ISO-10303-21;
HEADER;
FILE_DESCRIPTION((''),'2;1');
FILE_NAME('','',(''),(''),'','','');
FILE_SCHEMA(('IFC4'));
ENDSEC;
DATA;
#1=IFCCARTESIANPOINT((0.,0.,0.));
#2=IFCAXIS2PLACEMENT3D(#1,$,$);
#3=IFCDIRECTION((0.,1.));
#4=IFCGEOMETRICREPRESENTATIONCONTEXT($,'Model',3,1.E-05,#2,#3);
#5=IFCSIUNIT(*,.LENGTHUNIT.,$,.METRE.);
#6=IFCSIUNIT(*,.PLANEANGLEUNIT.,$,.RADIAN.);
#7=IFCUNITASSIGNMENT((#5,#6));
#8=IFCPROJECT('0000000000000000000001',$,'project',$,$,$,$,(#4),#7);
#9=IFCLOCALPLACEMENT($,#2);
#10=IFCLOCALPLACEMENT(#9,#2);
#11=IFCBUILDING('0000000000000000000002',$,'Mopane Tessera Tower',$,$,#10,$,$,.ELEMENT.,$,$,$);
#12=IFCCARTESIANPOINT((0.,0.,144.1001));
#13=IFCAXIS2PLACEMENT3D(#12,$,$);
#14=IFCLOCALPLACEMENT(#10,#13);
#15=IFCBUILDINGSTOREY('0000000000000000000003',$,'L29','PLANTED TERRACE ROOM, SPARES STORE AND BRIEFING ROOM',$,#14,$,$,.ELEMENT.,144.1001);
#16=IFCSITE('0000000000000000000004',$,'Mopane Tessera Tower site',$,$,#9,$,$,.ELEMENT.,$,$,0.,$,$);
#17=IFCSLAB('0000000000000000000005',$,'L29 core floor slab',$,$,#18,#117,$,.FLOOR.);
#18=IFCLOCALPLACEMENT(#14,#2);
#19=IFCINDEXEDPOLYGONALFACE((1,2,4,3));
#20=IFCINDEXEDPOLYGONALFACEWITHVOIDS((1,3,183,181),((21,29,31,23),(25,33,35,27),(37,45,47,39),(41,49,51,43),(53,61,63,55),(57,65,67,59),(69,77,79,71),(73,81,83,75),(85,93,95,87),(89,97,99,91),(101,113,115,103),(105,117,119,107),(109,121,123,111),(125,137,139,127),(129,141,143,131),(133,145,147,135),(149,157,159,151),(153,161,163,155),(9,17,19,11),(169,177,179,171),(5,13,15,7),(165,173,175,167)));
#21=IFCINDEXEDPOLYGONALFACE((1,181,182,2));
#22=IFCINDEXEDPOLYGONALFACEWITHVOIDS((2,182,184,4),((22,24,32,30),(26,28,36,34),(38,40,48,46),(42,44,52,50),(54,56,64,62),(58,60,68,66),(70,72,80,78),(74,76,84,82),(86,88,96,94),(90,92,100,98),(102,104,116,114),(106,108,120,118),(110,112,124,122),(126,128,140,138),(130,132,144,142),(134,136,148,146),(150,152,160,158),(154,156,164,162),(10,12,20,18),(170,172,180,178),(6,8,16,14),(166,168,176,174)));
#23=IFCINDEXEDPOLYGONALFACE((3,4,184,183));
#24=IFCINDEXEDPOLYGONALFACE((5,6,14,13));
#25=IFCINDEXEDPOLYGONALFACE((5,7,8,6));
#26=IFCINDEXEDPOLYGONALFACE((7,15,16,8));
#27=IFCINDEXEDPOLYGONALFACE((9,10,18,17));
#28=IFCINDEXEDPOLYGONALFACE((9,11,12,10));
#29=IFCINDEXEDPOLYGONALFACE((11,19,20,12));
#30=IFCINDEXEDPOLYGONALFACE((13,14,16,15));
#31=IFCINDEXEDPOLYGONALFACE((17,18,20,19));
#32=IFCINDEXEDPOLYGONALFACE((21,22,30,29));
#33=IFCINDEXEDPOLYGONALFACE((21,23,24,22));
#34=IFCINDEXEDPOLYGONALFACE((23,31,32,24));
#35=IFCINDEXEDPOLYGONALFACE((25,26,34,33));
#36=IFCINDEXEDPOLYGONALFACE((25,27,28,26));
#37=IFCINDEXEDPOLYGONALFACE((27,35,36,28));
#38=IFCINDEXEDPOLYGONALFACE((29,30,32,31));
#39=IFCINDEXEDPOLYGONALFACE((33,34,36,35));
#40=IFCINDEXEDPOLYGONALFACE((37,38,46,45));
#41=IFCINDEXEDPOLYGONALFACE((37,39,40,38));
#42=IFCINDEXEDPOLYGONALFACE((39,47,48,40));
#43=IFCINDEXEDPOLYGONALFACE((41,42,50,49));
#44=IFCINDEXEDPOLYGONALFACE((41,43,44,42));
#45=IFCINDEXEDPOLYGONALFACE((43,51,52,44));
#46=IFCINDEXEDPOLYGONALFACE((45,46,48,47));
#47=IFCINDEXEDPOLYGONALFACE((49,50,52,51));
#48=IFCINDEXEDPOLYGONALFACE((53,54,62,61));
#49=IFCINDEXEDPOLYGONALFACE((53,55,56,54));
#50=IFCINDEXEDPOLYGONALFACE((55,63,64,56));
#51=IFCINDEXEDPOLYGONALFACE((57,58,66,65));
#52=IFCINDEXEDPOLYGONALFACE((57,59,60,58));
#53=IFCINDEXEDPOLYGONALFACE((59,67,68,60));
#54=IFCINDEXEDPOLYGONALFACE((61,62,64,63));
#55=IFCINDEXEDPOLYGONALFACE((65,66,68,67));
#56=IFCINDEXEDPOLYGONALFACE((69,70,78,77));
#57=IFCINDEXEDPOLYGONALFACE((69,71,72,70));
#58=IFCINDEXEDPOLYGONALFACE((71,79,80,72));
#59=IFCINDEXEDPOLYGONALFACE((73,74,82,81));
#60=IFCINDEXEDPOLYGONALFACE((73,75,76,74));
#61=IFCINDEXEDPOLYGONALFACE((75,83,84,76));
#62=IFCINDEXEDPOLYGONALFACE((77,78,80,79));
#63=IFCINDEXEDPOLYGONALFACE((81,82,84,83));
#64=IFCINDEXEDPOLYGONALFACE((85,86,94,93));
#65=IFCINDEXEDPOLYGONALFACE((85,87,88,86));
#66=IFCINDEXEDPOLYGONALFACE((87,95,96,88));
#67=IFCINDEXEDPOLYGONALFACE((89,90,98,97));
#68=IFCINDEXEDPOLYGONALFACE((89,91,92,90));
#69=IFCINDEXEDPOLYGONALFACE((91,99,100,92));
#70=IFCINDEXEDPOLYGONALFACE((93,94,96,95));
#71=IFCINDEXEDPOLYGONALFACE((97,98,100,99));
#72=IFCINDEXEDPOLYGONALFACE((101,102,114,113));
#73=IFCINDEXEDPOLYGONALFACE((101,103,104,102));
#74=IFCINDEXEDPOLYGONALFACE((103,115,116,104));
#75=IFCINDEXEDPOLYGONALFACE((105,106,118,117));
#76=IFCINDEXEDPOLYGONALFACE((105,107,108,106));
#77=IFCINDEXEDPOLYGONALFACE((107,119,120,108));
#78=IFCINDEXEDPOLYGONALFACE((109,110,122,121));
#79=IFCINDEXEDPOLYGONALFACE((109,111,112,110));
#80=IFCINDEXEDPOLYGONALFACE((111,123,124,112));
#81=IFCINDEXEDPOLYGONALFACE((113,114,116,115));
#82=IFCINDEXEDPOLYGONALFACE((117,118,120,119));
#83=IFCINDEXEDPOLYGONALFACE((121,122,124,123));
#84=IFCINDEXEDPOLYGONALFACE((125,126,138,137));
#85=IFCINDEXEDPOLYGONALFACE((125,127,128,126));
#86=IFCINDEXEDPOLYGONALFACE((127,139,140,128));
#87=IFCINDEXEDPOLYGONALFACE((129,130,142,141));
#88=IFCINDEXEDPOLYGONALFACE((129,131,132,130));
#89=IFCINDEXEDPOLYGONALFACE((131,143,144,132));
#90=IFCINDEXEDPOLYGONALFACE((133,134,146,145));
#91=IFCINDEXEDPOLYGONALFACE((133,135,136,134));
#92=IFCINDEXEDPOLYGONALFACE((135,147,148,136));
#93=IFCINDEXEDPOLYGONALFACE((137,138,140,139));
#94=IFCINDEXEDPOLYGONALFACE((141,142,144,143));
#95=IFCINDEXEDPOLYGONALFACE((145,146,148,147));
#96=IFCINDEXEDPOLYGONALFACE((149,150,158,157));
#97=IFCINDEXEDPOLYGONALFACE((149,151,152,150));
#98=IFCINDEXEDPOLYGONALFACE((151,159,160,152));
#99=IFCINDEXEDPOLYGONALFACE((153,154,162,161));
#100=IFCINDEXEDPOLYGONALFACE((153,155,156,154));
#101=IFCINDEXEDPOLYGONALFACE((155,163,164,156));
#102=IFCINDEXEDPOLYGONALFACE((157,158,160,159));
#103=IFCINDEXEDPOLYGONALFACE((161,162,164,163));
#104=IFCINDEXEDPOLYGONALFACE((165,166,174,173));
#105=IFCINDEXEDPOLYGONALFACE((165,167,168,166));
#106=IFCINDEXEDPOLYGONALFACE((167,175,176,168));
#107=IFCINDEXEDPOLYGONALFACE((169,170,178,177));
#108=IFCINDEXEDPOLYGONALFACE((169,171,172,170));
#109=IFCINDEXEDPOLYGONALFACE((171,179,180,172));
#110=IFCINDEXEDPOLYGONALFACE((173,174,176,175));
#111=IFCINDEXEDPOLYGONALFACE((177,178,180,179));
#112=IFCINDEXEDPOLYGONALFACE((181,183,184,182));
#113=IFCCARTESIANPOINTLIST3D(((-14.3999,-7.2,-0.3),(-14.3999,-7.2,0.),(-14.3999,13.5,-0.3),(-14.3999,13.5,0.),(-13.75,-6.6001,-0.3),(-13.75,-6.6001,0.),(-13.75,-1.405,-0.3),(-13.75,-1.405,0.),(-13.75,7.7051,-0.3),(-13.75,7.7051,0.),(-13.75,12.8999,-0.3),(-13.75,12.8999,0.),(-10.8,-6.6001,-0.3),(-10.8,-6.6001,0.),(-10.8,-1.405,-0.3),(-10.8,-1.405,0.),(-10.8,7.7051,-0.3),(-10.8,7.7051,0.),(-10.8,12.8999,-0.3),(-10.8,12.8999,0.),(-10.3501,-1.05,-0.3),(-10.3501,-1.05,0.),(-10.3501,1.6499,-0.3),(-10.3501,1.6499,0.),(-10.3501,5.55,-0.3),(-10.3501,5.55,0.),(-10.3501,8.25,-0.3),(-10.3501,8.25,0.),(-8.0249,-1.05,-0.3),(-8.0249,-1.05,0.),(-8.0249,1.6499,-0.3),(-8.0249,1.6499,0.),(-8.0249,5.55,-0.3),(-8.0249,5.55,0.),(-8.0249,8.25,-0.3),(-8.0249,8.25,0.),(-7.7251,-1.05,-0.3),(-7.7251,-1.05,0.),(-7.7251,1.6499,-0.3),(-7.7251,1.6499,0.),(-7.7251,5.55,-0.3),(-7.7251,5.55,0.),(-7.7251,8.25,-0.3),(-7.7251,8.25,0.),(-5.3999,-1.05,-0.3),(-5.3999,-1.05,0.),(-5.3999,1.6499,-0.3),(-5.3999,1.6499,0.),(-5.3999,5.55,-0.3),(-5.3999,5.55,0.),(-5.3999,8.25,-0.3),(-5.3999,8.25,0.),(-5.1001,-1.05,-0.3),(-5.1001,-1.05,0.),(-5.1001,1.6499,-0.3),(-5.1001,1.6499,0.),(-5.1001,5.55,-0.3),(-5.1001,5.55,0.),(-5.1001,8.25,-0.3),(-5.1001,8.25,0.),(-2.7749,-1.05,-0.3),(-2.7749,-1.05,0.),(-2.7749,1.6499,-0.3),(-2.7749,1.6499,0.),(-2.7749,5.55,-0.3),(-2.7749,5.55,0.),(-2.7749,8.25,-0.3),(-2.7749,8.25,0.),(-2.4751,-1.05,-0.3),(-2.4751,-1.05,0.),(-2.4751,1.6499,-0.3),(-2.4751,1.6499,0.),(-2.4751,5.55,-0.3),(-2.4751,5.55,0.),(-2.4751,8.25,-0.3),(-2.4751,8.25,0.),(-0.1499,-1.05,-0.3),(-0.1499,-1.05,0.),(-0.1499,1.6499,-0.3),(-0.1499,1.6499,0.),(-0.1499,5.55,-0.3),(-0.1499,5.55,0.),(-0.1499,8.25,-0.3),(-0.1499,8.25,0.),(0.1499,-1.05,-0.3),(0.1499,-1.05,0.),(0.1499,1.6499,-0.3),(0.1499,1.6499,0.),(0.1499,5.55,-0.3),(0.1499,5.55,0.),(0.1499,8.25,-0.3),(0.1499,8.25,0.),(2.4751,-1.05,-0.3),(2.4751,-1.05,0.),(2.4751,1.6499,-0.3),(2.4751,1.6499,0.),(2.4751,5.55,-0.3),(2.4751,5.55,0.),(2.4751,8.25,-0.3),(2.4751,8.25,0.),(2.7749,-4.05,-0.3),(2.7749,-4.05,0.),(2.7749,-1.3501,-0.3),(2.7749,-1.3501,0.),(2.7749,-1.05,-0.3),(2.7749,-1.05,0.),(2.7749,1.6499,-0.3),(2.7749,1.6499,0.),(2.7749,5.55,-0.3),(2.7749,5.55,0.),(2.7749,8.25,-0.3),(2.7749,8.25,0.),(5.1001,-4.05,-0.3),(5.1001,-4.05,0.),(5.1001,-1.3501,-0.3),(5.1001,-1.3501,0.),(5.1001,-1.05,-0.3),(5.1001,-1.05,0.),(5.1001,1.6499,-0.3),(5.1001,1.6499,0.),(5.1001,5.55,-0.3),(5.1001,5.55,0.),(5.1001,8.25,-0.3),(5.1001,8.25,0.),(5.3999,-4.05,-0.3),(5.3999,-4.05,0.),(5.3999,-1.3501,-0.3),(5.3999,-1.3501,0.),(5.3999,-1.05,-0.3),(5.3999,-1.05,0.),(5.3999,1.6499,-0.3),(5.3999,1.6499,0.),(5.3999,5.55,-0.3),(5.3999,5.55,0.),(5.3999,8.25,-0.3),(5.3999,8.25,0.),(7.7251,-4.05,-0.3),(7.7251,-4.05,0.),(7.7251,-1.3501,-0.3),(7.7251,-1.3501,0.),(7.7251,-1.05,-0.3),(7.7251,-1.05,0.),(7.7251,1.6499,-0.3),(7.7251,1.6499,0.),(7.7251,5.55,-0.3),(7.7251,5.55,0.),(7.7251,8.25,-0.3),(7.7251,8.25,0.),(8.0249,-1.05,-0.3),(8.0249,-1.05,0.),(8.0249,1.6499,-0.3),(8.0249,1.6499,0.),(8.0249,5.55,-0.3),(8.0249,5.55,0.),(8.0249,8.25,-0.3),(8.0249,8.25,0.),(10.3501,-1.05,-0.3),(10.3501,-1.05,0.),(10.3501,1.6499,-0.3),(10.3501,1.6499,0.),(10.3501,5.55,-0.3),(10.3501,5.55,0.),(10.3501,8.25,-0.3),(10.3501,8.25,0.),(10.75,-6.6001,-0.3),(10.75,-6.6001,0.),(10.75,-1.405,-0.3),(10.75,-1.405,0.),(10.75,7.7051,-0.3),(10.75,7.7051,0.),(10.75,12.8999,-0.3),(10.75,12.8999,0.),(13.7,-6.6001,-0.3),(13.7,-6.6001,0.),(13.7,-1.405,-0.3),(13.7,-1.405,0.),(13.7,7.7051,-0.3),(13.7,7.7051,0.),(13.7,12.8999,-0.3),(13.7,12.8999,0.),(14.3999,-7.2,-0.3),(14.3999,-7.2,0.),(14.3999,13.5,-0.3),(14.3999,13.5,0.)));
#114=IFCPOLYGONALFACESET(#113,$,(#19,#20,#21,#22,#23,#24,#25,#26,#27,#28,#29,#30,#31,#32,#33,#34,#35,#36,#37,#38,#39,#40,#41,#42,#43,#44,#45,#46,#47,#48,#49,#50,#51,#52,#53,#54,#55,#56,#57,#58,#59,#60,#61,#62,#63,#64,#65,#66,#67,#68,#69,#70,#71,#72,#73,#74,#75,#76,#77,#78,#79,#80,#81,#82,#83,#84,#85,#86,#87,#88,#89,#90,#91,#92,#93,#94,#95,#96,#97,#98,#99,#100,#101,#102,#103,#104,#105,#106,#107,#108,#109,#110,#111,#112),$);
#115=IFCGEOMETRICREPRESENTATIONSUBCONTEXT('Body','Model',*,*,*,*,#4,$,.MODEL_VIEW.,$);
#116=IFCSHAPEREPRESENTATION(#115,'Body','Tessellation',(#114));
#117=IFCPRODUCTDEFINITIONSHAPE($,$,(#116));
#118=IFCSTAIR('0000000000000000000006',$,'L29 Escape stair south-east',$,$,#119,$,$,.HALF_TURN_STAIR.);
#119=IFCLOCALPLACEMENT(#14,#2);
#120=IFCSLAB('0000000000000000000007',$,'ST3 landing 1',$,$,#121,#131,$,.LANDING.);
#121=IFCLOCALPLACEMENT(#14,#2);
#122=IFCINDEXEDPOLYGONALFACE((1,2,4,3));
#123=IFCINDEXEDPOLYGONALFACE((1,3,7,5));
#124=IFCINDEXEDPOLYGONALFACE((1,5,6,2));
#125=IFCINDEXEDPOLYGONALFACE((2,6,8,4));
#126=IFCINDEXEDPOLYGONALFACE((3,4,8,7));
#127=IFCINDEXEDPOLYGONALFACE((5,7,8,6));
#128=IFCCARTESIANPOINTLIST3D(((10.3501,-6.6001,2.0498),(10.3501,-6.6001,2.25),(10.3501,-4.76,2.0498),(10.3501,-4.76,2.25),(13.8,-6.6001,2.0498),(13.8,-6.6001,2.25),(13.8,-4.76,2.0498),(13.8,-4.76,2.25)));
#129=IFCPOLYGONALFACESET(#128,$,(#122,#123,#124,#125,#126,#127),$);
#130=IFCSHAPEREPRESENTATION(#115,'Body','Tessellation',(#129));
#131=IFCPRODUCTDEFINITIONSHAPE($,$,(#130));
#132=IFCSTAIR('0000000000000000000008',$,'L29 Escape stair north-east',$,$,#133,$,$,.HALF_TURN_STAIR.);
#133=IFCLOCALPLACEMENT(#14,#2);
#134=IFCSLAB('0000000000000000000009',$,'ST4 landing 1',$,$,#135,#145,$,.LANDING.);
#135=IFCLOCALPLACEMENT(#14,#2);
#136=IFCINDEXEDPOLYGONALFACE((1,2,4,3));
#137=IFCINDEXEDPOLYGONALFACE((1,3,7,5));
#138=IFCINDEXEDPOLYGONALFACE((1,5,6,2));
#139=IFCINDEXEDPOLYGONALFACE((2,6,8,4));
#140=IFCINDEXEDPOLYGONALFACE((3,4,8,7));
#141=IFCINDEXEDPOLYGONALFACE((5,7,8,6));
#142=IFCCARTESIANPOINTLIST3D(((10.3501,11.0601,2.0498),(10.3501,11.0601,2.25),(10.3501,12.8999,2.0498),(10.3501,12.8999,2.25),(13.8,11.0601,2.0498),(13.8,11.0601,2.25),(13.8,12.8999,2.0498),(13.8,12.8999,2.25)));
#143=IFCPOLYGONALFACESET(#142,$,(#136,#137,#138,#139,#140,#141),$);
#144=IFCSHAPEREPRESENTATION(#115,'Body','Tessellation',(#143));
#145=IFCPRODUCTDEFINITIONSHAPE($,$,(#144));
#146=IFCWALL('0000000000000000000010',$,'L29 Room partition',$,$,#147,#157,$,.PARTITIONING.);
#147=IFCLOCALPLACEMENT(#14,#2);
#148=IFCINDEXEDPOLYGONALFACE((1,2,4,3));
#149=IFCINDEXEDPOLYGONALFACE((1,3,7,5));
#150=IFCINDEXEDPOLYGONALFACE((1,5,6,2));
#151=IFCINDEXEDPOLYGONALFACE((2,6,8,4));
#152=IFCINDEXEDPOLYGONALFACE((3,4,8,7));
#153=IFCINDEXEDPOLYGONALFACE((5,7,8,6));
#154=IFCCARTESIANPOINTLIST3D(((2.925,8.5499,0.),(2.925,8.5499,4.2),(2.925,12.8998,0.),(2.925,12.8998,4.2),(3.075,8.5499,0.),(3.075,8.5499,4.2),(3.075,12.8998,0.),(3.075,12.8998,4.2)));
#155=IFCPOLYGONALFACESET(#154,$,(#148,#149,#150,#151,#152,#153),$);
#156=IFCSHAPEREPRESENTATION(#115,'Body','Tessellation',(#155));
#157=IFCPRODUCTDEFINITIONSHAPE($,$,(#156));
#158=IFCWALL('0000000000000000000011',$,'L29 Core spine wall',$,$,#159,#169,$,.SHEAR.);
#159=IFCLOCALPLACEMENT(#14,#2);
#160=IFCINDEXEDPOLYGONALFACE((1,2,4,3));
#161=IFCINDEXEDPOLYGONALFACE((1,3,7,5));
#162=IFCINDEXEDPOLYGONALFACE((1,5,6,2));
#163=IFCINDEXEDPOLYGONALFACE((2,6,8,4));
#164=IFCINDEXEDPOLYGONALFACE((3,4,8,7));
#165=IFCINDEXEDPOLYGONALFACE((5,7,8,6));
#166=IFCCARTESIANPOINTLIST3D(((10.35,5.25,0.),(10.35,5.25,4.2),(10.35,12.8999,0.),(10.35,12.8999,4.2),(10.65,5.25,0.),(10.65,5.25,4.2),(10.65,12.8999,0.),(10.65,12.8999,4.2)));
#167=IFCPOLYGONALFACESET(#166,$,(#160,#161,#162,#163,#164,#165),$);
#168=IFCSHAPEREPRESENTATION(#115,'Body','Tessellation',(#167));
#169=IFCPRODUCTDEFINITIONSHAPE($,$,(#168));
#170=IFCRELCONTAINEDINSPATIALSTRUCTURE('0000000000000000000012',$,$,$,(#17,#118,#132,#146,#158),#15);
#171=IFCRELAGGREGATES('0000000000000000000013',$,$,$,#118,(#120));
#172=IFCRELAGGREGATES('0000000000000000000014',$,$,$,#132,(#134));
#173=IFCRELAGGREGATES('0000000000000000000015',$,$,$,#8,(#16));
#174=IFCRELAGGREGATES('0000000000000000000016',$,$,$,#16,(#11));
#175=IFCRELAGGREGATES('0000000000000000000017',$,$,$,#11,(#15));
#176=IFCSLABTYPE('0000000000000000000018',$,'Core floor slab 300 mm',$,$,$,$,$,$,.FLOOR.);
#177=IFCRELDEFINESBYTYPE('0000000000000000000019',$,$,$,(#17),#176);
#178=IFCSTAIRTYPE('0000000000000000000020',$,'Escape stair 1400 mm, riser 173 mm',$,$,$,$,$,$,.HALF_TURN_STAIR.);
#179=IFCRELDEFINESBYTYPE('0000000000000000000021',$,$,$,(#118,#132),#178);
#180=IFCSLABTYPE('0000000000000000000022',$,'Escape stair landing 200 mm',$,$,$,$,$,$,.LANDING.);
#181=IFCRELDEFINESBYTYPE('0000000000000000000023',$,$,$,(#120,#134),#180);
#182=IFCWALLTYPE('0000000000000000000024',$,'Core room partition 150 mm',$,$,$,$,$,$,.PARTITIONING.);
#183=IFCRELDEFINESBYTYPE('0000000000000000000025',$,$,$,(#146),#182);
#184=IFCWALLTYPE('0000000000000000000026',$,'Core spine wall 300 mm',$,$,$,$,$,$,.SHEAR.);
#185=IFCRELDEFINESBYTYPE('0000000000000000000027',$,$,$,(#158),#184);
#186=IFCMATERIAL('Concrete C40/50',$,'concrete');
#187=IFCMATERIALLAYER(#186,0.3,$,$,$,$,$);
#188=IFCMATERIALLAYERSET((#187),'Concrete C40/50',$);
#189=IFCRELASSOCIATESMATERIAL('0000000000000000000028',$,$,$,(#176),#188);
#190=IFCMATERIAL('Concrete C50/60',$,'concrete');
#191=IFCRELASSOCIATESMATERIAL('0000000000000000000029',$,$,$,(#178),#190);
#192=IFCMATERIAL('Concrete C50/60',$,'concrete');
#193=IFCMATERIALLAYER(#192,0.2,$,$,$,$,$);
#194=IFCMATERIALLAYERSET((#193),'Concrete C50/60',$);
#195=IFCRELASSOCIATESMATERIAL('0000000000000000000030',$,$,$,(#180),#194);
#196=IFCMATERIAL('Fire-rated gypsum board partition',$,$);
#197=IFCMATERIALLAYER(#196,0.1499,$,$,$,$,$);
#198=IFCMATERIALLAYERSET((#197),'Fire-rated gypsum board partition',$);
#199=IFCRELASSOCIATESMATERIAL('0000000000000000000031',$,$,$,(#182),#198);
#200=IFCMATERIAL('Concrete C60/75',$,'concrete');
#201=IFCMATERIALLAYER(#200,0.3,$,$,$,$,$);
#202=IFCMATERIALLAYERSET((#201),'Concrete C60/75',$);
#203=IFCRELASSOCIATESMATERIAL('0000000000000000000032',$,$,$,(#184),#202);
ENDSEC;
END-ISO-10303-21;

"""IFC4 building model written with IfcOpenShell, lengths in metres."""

from ifc_helpers import new_model, si_unit, direction, frame, frame_2d, origin, place, context, subcontext, project, spatial, polyline, rectangle, outline, extrude, material, layer, layer_set, type_object, element, aggregate, save


model = new_model("IFC4")

# Units and contexts
model_context = context("Model", 3, precision=1e-05, world=origin(), true_north=direction((0.0, 1.0)))
body_context = subcontext(model_context, "Body", "Model", "MODEL_VIEW")
ifc_project = project(units=[si_unit("LENGTHUNIT", "METRE"), si_unit("PLANEANGLEUNIT", "RADIAN")], contexts=[model_context])

# Site, building, storey
site_placement = place(None, origin())
site = spatial("IfcSite", under=ifc_project, at=site_placement, Name="Mopane Tessera Tower site", CompositionType="ELEMENT", RefElevation=0.0)
building_placement = place(site_placement, origin())
building = spatial("IfcBuilding", under=site, at=building_placement, Name="Mopane Tessera Tower", CompositionType="ELEMENT")
storey_placement = place(building_placement, frame((0.0, 0.0, 144.1001)))
storey = spatial("IfcBuildingStorey", under=building, at=storey_placement, Name="L29", Description="PLANTED TERRACE ROOM, SPARES STORE AND BRIEFING ROOM", CompositionType="ELEMENT", Elevation=144.1001)

# Slab
ifc_material_1 = material(Name="Concrete C40/50", Category="concrete")
ifc_layer_1 = layer(ifc_material_1, 0.3)
ifc_layer_set_1 = layer_set([ifc_layer_1], Name="Concrete C40/50")
slab_type_1 = type_object("IfcSlabType", Name="Core floor slab 300 mm", PredefinedType="FLOOR", material=ifc_layer_set_1)
slab_1_placement = place(storey_placement, frame((0.0, 0.0, -0.3)))
element("IfcSlab", 1, at=slab_1_placement, inside=storey, type_object=slab_type_1, Name="L29 core floor slab", PredefinedType="FLOOR", context=body_context, shape_type="SweptSolid", body=[
    extrude(outline(polyline([(-14.3999, -7.2), (14.3999, -7.2), (14.3999, 13.5), (-14.3999, 13.5), (-14.3999, -7.2)]), holes=[polyline([(-10.3501, -1.05), (-8.0249, -1.05), (-8.0249, 1.6499), (-10.3501, 1.6499), (-10.3501, -1.05)]), polyline([(-7.7251, -1.05), (-5.3999, -1.05), (-5.3999, 1.6499), (-7.7251, 1.6499), (-7.7251, -1.05)]), polyline([(-5.1001, -1.05), (-2.7749, -1.05), (-2.7749, 1.6499), (-5.1001, 1.6499), (-5.1001, -1.05)]), polyline([(-2.4751, -1.05), (-0.1499, -1.05), (-0.1499, 1.6499), (-2.4751, 1.6499), (-2.4751, -1.05)]), polyline([(0.1499, -1.05), (2.4751, -1.05), (2.4751, 1.6499), (0.1499, 1.6499), (0.1499, -1.05)]), polyline([(2.7749, -1.05), (5.1001, -1.05), (5.1001, 1.6499), (2.7749, 1.6499), (2.7749, -1.05)]), polyline([(5.3999, -1.05), (7.7251, -1.05), (7.7251, 1.6499), (5.3999, 1.6499), (5.3999, -1.05)]), polyline([(8.0249, -1.05), (10.3501, -1.05), (10.3501, 1.6499), (8.0249, 1.6499), (8.0249, -1.05)]), polyline([(-10.3501, 5.55), (-8.0249, 5.55), (-8.0249, 8.25), (-10.3501, 8.25), (-10.3501, 5.55)]), polyline([(-7.7251, 5.55), (-5.3999, 5.55), (-5.3999, 8.25), (-7.7251, 8.25), (-7.7251, 5.55)]), polyline([(-5.1001, 5.55), (-2.7749, 5.55), (-2.7749, 8.25), (-5.1001, 8.25), (-5.1001, 5.55)]), polyline([(-2.4751, 5.55), (-0.1499, 5.55), (-0.1499, 8.25), (-2.4751, 8.25), (-2.4751, 5.55)]), polyline([(0.1499, 5.55), (2.4751, 5.55), (2.4751, 8.25), (0.1499, 8.25), (0.1499, 5.55)]), polyline([(2.7749, 5.55), (5.1001, 5.55), (5.1001, 8.25), (2.7749, 8.25), (2.7749, 5.55)]), polyline([(5.3999, 5.55), (7.7251, 5.55), (7.7251, 8.25), (5.3999, 8.25), (5.3999, 5.55)]), polyline([(8.0249, 5.55), (10.3501, 5.55), (10.3501, 8.25), (8.0249, 8.25), (8.0249, 5.55)]), polyline([(2.7749, -4.05), (5.1001, -4.05), (5.1001, -1.3501), (2.7749, -1.3501), (2.7749, -4.05)]), polyline([(5.3999, -4.05), (7.7251, -4.05), (7.7251, -1.3501), (5.3999, -1.3501), (5.3999, -4.05)]), polyline([(-13.75, -1.405), (-13.75, -6.6001), (-10.8, -6.6001), (-10.8, -1.405), (-13.75, -1.405)]), polyline([(-10.8, 7.7051), (-10.8, 12.8999), (-13.75, 12.8999), (-13.75, 7.7051), (-10.8, 7.7051)]), polyline([(10.75, -1.405), (10.75, -6.6001), (13.7, -6.6001), (13.7, -1.405), (10.75, -1.405)]), polyline([(13.7, 7.7051), (13.7, 12.8999), (10.75, 12.8999), (10.75, 7.7051), (13.7, 7.7051)])]), origin(), (0.0, 0.0, 1.0), 0.3),
])

# Stairs, slabs
ifc_material_2 = material(Name="Concrete C50/60", Category="concrete")
stair_type = type_object("IfcStairType", Name="Escape stair 1400 mm, riser 173 mm", PredefinedType="HALF_TURN_STAIR", material=ifc_material_2)
stair_1_placement = place(storey_placement, origin())
stair_1 = element("IfcStair", 2, at=stair_1_placement, inside=storey, type_object=stair_type, Name="L29 Escape stair south-east", PredefinedType="HALF_TURN_STAIR")
ifc_material_3 = material(Name="Concrete C50/60", Category="concrete")
ifc_layer_2 = layer(ifc_material_3, 0.2)
ifc_layer_set_2 = layer_set([ifc_layer_2], Name="Concrete C50/60")
slab_type_2 = type_object("IfcSlabType", Name="Escape stair landing 200 mm", PredefinedType="LANDING", material=ifc_layer_set_2)
slab_2_placement = place(storey_placement, frame((0.0, 0.0, 2.0498)))
slab_2 = element("IfcSlab", 3, at=slab_2_placement, type_object=slab_type_2, Name="ST3 landing 1", PredefinedType="LANDING", context=body_context, shape_type="SweptSolid", body=[
    extrude(outline(polyline([(10.3501, -4.76), (10.3501, -6.6001), (13.8, -6.6001), (13.8, -4.76), (10.3501, -4.76)])), origin(), (0.0, 0.0, 1.0), 0.2002),
])
aggregate(stair_1, [slab_2])
stair_2_placement = place(storey_placement, origin())
stair_2 = element("IfcStair", 4, at=stair_2_placement, inside=storey, type_object=stair_type, Name="L29 Escape stair north-east", PredefinedType="HALF_TURN_STAIR")
slab_3_placement = place(storey_placement, frame((0.0, 0.0, 2.0498)))
slab_3 = element("IfcSlab", 5, at=slab_3_placement, type_object=slab_type_2, Name="ST4 landing 1", PredefinedType="LANDING", context=body_context, shape_type="SweptSolid", body=[
    extrude(outline(polyline([(13.8, 11.0601), (13.8, 12.8999), (10.3501, 12.8999), (10.3501, 11.0601), (13.8, 11.0601)])), origin(), (0.0, 0.0, 1.0), 0.2002),
])

# Walls
ifc_material_4 = material(Name="Fire-rated gypsum board partition")
ifc_layer_3 = layer(ifc_material_4, 0.1499)
ifc_layer_set_3 = layer_set([ifc_layer_3], Name="Fire-rated gypsum board partition")
wall_type_1 = type_object("IfcWallType", Name="Core room partition 150 mm", PredefinedType="PARTITIONING", material=ifc_layer_set_3)
wall_1_placement = place(storey_placement, frame((3.0, 8.55, 0.0), z_axis=(0.0, 0.0, 1.0), x_axis=(0.0, 1.0, 0.0)))
element("IfcWall", 6, at=wall_1_placement, inside=storey, type_object=wall_type_1, Name="L29 Room partition", PredefinedType="PARTITIONING", context=body_context, shape_type="SweptSolid", body=[
    extrude(rectangle(XDim=4.3499, YDim=0.1499, at=frame_2d((2.1748, 0.0))), origin(), (0.0, 0.0, 1.0), 4.2),
])
ifc_material_5 = material(Name="Concrete C60/75", Category="concrete")
ifc_layer_4 = layer(ifc_material_5, 0.3)
ifc_layer_set_4 = layer_set([ifc_layer_4], Name="Concrete C60/75")
wall_type_2 = type_object("IfcWallType", Name="Core spine wall 300 mm", PredefinedType="SHEAR", material=ifc_layer_set_4)
wall_2_placement = place(storey_placement, frame((10.5, 5.25, 0.0), z_axis=(0.0, 0.0, 1.0), x_axis=(0.0, 1.0, 0.0)))
element("IfcWall", 7, at=wall_2_placement, inside=storey, type_object=wall_type_2, Name="L29 Core spine wall", PredefinedType="SHEAR", context=body_context, shape_type="SweptSolid", body=[
    extrude(rectangle(XDim=7.6499, YDim=0.3, at=frame_2d((3.825, 0.0))), origin(), (0.0, 0.0, 1.0), 4.2),
])

aggregate(stair_2, [slab_3])

save(model, "model.ifc")
